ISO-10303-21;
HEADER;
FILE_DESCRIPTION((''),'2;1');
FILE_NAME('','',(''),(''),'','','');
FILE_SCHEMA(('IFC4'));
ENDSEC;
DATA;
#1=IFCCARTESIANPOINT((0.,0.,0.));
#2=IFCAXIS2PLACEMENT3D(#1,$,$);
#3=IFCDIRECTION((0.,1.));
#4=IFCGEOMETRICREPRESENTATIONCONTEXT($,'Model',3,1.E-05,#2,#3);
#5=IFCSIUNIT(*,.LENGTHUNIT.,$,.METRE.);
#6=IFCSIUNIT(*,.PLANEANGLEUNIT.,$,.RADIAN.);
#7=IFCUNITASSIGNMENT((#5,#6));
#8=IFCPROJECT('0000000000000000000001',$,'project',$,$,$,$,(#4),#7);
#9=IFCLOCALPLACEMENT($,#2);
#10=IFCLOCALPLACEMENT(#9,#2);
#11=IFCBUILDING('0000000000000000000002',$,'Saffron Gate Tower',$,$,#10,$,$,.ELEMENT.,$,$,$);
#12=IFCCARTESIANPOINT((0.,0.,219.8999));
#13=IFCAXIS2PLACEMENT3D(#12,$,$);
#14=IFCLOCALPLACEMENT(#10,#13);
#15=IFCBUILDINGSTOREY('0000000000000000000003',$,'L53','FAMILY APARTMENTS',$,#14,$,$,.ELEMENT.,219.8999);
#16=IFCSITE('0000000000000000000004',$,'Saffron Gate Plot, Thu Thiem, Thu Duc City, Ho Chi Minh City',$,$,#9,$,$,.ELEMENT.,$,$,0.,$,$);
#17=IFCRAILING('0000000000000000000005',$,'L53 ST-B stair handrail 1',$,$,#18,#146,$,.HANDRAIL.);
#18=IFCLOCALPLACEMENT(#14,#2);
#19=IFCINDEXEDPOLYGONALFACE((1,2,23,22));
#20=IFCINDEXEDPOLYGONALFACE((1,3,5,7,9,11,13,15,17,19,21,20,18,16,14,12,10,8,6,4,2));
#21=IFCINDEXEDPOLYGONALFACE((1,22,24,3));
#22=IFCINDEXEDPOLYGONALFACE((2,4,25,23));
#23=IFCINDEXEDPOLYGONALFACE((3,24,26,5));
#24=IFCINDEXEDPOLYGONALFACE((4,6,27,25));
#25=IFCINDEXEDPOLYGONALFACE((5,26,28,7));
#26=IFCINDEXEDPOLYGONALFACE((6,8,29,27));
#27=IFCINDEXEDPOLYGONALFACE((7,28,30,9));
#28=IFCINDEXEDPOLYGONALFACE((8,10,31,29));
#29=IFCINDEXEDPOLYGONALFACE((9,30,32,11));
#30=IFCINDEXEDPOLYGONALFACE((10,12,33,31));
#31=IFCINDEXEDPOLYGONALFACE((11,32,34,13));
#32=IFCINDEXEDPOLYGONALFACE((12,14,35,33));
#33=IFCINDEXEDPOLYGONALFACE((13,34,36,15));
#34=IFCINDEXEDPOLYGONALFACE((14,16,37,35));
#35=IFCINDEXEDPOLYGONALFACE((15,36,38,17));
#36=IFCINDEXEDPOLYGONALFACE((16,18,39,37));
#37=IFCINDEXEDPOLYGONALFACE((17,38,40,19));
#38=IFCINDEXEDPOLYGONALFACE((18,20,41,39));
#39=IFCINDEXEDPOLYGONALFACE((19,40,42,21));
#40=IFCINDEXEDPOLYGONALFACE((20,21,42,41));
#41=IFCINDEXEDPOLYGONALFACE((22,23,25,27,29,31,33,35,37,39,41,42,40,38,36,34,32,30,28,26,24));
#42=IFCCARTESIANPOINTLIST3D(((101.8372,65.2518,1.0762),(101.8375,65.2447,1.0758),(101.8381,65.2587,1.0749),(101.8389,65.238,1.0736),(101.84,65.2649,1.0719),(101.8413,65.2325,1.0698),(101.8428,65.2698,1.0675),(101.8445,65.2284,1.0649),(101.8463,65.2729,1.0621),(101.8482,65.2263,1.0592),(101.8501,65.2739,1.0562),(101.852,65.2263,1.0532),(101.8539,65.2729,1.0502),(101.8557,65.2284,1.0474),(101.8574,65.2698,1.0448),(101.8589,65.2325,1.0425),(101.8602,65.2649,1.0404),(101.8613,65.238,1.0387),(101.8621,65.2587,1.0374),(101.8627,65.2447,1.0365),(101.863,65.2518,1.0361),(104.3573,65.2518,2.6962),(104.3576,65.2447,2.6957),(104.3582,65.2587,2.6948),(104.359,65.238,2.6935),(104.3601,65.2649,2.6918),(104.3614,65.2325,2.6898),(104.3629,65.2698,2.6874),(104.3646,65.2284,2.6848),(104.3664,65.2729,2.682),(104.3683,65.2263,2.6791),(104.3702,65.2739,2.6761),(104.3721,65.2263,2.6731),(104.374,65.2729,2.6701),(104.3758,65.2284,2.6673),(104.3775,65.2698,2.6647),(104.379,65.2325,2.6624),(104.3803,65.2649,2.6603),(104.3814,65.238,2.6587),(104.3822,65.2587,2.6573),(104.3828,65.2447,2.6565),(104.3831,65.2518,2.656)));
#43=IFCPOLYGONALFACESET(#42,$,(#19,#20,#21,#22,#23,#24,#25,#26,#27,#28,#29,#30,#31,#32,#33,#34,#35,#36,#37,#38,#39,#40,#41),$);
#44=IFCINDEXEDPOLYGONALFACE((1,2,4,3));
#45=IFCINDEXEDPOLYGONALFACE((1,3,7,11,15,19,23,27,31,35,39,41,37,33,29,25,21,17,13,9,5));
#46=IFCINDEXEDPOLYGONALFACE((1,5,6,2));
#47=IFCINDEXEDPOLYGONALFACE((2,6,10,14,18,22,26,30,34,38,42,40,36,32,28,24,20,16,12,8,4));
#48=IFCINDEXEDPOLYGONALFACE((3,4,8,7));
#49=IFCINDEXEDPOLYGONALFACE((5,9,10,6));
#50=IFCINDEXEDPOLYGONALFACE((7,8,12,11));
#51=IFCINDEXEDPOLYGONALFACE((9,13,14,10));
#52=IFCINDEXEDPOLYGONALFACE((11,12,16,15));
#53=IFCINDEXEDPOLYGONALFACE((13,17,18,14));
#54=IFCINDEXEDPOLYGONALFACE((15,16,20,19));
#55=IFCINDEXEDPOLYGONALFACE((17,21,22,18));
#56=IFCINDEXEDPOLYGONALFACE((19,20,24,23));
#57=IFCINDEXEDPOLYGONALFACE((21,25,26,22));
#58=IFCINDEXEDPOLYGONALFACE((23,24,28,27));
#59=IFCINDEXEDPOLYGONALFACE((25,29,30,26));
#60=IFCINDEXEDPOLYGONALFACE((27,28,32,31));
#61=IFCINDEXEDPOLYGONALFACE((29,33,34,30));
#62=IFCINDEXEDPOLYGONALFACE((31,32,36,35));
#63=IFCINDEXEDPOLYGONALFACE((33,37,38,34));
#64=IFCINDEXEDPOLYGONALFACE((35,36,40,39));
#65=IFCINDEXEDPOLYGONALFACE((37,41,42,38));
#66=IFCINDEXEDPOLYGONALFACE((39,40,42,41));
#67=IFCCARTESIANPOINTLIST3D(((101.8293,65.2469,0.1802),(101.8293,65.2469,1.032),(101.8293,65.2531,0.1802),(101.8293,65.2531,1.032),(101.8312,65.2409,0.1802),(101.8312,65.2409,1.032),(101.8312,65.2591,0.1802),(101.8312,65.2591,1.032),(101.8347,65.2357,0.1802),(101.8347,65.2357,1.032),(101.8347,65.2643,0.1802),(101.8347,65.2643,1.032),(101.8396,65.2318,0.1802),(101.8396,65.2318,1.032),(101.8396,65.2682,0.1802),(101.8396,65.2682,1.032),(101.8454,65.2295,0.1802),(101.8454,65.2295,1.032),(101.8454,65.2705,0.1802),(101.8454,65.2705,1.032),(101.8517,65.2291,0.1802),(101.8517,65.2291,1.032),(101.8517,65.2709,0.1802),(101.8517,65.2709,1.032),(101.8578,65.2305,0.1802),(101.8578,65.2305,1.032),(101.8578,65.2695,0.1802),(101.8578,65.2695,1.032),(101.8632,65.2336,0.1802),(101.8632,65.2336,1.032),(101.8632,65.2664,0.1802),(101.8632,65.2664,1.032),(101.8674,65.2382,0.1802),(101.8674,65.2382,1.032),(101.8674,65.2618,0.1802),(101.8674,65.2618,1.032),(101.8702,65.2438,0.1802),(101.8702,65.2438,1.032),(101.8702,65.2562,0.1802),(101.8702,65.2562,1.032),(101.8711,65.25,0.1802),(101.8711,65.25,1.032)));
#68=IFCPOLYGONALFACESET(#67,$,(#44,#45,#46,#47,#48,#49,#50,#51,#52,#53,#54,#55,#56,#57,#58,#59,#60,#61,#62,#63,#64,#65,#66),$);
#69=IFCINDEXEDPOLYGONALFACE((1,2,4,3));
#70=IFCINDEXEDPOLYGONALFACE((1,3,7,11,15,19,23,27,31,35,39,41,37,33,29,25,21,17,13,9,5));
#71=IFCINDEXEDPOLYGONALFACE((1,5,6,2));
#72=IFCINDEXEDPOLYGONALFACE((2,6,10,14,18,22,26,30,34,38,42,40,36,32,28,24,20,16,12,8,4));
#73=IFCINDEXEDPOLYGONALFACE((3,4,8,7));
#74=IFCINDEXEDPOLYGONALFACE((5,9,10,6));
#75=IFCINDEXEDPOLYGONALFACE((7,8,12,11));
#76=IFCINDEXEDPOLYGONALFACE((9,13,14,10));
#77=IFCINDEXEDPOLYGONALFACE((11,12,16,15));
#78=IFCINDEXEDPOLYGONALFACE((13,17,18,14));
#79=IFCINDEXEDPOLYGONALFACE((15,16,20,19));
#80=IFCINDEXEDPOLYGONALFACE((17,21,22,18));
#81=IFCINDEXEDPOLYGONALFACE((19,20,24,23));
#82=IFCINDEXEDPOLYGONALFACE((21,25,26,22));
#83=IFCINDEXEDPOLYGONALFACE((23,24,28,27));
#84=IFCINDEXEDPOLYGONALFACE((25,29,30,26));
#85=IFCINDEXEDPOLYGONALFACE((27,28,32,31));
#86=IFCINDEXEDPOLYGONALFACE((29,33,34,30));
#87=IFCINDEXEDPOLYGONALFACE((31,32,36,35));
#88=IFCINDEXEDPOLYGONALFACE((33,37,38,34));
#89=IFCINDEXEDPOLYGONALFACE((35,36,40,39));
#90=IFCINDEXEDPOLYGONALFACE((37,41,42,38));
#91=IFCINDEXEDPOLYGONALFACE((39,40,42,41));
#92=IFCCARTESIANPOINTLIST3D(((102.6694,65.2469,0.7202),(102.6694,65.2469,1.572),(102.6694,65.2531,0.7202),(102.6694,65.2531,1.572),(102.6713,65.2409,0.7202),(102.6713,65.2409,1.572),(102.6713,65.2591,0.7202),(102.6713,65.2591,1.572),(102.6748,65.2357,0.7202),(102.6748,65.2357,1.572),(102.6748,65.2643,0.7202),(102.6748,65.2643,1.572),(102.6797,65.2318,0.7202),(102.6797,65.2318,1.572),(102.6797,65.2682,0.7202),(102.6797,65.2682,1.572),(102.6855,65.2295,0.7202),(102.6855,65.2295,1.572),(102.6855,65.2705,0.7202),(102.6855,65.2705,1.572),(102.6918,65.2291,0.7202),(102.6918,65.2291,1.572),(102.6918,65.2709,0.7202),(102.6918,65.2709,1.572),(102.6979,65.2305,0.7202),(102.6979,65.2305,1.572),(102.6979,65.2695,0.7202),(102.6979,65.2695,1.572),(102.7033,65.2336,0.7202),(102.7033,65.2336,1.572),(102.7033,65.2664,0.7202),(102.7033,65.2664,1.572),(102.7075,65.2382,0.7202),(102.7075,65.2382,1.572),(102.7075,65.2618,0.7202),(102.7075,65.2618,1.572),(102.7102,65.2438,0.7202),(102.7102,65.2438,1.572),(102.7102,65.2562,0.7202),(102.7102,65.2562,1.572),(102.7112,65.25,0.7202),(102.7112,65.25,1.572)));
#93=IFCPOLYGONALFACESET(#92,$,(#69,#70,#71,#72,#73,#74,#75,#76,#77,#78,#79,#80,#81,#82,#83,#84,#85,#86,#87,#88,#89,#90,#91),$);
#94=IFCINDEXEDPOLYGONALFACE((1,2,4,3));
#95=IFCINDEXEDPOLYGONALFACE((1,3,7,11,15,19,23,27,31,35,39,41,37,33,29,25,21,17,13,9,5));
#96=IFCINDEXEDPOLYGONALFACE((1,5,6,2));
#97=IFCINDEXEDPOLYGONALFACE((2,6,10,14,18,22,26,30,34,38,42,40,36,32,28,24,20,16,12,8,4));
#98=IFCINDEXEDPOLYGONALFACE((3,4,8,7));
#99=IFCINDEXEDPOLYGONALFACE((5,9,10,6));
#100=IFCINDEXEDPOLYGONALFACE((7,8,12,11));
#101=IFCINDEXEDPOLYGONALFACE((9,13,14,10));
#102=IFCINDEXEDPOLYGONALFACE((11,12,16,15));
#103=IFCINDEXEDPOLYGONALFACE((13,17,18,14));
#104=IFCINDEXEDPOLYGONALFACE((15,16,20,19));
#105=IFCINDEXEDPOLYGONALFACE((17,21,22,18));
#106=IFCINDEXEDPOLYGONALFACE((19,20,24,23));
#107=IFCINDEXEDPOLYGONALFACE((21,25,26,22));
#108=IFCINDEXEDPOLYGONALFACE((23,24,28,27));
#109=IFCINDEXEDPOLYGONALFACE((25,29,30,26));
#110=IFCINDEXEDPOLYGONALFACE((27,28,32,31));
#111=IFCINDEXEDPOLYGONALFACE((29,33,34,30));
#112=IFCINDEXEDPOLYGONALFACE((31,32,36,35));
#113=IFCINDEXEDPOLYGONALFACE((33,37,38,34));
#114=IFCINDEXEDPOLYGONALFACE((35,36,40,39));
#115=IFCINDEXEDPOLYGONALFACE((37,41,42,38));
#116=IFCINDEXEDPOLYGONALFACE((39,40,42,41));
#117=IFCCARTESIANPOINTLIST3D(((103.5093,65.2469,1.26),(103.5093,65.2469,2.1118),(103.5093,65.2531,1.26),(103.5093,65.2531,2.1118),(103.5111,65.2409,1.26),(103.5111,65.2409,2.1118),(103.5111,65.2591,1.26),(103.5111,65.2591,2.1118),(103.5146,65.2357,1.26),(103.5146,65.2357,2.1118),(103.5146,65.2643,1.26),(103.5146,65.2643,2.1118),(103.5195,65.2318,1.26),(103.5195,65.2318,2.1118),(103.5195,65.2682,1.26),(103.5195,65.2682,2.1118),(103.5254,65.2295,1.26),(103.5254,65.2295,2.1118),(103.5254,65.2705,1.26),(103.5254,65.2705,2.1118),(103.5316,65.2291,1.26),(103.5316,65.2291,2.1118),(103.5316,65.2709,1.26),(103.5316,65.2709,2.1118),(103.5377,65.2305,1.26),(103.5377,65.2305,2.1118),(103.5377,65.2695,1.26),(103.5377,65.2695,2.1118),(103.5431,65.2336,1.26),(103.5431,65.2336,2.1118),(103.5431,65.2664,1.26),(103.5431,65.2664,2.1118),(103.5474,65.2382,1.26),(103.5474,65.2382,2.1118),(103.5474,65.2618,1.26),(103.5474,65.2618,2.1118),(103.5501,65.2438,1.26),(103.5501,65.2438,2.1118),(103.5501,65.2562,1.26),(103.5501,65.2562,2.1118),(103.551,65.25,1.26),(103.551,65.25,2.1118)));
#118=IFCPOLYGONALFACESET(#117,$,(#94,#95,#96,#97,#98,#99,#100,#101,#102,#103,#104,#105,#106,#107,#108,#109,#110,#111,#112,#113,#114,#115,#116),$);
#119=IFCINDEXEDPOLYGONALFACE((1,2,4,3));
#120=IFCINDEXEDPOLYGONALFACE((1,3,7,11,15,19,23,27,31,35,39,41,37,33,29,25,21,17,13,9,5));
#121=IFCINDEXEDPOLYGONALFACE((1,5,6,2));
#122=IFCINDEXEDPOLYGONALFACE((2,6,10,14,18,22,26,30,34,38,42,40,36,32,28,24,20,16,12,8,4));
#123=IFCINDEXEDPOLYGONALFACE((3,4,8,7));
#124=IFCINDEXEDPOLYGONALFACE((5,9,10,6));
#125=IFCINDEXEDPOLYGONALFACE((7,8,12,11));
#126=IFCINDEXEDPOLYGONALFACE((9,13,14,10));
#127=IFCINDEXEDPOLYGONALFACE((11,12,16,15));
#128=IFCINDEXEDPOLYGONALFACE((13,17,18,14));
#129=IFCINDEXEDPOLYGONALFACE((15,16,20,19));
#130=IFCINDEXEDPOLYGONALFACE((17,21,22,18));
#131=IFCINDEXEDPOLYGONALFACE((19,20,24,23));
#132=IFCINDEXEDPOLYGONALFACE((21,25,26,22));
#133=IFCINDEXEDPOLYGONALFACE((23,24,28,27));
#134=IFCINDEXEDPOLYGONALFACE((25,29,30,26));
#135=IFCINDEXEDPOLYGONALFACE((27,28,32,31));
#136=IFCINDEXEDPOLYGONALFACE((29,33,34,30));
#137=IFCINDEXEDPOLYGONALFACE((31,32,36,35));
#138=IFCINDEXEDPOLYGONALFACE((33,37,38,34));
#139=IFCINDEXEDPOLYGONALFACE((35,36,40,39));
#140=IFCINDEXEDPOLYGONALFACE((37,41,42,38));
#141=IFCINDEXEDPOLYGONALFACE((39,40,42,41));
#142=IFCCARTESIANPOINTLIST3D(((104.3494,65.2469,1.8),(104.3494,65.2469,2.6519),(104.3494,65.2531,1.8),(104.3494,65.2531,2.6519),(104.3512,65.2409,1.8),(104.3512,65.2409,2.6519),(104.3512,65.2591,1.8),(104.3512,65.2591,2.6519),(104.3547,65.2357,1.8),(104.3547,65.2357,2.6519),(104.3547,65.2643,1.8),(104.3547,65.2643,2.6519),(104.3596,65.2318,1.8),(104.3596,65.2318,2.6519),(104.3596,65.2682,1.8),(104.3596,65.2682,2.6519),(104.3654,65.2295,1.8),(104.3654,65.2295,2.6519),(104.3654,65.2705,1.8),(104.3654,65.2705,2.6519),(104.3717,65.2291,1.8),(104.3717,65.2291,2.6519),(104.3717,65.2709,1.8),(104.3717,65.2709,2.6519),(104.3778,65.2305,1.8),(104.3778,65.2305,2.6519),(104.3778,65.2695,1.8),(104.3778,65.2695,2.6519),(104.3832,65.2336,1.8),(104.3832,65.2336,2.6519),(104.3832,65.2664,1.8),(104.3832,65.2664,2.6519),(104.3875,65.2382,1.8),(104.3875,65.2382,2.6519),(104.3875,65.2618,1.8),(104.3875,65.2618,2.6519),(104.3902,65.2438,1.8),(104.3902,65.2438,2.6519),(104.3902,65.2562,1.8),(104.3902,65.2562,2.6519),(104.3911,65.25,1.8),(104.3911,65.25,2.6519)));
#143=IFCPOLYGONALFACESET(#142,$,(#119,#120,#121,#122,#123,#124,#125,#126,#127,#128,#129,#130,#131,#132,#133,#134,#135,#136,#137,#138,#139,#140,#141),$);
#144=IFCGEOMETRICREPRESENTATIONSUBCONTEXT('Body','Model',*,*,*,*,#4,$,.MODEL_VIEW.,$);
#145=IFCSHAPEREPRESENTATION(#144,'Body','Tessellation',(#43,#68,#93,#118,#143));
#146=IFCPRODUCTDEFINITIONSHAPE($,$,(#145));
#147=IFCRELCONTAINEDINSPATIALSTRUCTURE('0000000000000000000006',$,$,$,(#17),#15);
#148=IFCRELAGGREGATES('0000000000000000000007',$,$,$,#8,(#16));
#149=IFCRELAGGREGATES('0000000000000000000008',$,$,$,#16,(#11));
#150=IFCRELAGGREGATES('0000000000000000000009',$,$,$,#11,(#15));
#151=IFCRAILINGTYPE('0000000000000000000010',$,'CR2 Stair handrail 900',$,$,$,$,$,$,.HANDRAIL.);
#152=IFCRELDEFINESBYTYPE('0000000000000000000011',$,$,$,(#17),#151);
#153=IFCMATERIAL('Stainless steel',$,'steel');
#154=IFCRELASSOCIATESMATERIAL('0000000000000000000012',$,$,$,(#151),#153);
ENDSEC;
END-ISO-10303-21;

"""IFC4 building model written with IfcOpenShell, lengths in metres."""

from ifc_helpers import new_model, si_unit, direction, frame, origin, origin_2d, place, context, subcontext, project, spatial, circle, extrude, material, type_object, element, save


model = new_model("IFC4")

# Units and contexts
model_context = context("Model", 3, precision=1e-05, world=origin(), true_north=direction((0.0, 1.0)))
body_context = subcontext(model_context, "Body", "Model", "MODEL_VIEW")
ifc_project = project(units=[si_unit("LENGTHUNIT", "METRE"), si_unit("PLANEANGLEUNIT", "RADIAN")], contexts=[model_context])

# Site, building, storey
site_placement = place(None, origin())
site = spatial("IfcSite", under=ifc_project, at=site_placement, Name="Saffron Gate Plot, Thu Thiem, Thu Duc City, Ho Chi Minh City", CompositionType="ELEMENT", RefElevation=0.0)
building_placement = place(site_placement, origin())
building = spatial("IfcBuilding", under=site, at=building_placement, Name="Saffron Gate Tower", CompositionType="ELEMENT")
storey_placement = place(building_placement, frame((0.0, 0.0, 219.8999)))
storey = spatial("IfcBuildingStorey", under=building, at=storey_placement, Name="L53", Description="FAMILY APARTMENTS", CompositionType="ELEMENT", Elevation=219.8999)

# Railing
ifc_material_1 = material(Name="Stainless steel", Category="steel")
railing_type_1 = type_object("IfcRailingType", Name="CR2 Stair handrail 900", PredefinedType="HANDRAIL", material=ifc_material_1)
railing_1_placement = place(storey_placement, frame((101.8501, 65.25, 0.1802)))
element("IfcRailing", 1, at=railing_1_placement, inside=storey, type_object=railing_type_1, Name="L53 ST-B stair handrail 1", PredefinedType="HANDRAIL", context=body_context, shape_type="SweptSolid", body=[
    extrude(circle(Radius=0.0239, at=origin_2d()), frame((0.0, 0.0, 0.876), z_axis=(0.8412, 0.0, 0.540725), x_axis=(0.0, 1.0, 0.0)), (0.0, 0.0, 1.0), 2.9958),
    extrude(circle(Radius=0.021, at=origin_2d()), origin(), (0.0, 0.0, 1.0), 0.8518),
    extrude(circle(Radius=0.021, at=origin_2d()), frame((0.8401, 0.0, 0.54)), (0.0, 0.0, 1.0), 0.8518),
    extrude(circle(Radius=0.021, at=origin_2d()), frame((1.6799, 0.0, 1.0798)), (0.0, 0.0, 1.0), 0.8518),
    extrude(circle(Radius=0.021, at=origin_2d()), frame((2.52, 0.0, 1.6199)), (0.0, 0.0, 1.0), 0.8518),
])

save(model, "model.ifc")
